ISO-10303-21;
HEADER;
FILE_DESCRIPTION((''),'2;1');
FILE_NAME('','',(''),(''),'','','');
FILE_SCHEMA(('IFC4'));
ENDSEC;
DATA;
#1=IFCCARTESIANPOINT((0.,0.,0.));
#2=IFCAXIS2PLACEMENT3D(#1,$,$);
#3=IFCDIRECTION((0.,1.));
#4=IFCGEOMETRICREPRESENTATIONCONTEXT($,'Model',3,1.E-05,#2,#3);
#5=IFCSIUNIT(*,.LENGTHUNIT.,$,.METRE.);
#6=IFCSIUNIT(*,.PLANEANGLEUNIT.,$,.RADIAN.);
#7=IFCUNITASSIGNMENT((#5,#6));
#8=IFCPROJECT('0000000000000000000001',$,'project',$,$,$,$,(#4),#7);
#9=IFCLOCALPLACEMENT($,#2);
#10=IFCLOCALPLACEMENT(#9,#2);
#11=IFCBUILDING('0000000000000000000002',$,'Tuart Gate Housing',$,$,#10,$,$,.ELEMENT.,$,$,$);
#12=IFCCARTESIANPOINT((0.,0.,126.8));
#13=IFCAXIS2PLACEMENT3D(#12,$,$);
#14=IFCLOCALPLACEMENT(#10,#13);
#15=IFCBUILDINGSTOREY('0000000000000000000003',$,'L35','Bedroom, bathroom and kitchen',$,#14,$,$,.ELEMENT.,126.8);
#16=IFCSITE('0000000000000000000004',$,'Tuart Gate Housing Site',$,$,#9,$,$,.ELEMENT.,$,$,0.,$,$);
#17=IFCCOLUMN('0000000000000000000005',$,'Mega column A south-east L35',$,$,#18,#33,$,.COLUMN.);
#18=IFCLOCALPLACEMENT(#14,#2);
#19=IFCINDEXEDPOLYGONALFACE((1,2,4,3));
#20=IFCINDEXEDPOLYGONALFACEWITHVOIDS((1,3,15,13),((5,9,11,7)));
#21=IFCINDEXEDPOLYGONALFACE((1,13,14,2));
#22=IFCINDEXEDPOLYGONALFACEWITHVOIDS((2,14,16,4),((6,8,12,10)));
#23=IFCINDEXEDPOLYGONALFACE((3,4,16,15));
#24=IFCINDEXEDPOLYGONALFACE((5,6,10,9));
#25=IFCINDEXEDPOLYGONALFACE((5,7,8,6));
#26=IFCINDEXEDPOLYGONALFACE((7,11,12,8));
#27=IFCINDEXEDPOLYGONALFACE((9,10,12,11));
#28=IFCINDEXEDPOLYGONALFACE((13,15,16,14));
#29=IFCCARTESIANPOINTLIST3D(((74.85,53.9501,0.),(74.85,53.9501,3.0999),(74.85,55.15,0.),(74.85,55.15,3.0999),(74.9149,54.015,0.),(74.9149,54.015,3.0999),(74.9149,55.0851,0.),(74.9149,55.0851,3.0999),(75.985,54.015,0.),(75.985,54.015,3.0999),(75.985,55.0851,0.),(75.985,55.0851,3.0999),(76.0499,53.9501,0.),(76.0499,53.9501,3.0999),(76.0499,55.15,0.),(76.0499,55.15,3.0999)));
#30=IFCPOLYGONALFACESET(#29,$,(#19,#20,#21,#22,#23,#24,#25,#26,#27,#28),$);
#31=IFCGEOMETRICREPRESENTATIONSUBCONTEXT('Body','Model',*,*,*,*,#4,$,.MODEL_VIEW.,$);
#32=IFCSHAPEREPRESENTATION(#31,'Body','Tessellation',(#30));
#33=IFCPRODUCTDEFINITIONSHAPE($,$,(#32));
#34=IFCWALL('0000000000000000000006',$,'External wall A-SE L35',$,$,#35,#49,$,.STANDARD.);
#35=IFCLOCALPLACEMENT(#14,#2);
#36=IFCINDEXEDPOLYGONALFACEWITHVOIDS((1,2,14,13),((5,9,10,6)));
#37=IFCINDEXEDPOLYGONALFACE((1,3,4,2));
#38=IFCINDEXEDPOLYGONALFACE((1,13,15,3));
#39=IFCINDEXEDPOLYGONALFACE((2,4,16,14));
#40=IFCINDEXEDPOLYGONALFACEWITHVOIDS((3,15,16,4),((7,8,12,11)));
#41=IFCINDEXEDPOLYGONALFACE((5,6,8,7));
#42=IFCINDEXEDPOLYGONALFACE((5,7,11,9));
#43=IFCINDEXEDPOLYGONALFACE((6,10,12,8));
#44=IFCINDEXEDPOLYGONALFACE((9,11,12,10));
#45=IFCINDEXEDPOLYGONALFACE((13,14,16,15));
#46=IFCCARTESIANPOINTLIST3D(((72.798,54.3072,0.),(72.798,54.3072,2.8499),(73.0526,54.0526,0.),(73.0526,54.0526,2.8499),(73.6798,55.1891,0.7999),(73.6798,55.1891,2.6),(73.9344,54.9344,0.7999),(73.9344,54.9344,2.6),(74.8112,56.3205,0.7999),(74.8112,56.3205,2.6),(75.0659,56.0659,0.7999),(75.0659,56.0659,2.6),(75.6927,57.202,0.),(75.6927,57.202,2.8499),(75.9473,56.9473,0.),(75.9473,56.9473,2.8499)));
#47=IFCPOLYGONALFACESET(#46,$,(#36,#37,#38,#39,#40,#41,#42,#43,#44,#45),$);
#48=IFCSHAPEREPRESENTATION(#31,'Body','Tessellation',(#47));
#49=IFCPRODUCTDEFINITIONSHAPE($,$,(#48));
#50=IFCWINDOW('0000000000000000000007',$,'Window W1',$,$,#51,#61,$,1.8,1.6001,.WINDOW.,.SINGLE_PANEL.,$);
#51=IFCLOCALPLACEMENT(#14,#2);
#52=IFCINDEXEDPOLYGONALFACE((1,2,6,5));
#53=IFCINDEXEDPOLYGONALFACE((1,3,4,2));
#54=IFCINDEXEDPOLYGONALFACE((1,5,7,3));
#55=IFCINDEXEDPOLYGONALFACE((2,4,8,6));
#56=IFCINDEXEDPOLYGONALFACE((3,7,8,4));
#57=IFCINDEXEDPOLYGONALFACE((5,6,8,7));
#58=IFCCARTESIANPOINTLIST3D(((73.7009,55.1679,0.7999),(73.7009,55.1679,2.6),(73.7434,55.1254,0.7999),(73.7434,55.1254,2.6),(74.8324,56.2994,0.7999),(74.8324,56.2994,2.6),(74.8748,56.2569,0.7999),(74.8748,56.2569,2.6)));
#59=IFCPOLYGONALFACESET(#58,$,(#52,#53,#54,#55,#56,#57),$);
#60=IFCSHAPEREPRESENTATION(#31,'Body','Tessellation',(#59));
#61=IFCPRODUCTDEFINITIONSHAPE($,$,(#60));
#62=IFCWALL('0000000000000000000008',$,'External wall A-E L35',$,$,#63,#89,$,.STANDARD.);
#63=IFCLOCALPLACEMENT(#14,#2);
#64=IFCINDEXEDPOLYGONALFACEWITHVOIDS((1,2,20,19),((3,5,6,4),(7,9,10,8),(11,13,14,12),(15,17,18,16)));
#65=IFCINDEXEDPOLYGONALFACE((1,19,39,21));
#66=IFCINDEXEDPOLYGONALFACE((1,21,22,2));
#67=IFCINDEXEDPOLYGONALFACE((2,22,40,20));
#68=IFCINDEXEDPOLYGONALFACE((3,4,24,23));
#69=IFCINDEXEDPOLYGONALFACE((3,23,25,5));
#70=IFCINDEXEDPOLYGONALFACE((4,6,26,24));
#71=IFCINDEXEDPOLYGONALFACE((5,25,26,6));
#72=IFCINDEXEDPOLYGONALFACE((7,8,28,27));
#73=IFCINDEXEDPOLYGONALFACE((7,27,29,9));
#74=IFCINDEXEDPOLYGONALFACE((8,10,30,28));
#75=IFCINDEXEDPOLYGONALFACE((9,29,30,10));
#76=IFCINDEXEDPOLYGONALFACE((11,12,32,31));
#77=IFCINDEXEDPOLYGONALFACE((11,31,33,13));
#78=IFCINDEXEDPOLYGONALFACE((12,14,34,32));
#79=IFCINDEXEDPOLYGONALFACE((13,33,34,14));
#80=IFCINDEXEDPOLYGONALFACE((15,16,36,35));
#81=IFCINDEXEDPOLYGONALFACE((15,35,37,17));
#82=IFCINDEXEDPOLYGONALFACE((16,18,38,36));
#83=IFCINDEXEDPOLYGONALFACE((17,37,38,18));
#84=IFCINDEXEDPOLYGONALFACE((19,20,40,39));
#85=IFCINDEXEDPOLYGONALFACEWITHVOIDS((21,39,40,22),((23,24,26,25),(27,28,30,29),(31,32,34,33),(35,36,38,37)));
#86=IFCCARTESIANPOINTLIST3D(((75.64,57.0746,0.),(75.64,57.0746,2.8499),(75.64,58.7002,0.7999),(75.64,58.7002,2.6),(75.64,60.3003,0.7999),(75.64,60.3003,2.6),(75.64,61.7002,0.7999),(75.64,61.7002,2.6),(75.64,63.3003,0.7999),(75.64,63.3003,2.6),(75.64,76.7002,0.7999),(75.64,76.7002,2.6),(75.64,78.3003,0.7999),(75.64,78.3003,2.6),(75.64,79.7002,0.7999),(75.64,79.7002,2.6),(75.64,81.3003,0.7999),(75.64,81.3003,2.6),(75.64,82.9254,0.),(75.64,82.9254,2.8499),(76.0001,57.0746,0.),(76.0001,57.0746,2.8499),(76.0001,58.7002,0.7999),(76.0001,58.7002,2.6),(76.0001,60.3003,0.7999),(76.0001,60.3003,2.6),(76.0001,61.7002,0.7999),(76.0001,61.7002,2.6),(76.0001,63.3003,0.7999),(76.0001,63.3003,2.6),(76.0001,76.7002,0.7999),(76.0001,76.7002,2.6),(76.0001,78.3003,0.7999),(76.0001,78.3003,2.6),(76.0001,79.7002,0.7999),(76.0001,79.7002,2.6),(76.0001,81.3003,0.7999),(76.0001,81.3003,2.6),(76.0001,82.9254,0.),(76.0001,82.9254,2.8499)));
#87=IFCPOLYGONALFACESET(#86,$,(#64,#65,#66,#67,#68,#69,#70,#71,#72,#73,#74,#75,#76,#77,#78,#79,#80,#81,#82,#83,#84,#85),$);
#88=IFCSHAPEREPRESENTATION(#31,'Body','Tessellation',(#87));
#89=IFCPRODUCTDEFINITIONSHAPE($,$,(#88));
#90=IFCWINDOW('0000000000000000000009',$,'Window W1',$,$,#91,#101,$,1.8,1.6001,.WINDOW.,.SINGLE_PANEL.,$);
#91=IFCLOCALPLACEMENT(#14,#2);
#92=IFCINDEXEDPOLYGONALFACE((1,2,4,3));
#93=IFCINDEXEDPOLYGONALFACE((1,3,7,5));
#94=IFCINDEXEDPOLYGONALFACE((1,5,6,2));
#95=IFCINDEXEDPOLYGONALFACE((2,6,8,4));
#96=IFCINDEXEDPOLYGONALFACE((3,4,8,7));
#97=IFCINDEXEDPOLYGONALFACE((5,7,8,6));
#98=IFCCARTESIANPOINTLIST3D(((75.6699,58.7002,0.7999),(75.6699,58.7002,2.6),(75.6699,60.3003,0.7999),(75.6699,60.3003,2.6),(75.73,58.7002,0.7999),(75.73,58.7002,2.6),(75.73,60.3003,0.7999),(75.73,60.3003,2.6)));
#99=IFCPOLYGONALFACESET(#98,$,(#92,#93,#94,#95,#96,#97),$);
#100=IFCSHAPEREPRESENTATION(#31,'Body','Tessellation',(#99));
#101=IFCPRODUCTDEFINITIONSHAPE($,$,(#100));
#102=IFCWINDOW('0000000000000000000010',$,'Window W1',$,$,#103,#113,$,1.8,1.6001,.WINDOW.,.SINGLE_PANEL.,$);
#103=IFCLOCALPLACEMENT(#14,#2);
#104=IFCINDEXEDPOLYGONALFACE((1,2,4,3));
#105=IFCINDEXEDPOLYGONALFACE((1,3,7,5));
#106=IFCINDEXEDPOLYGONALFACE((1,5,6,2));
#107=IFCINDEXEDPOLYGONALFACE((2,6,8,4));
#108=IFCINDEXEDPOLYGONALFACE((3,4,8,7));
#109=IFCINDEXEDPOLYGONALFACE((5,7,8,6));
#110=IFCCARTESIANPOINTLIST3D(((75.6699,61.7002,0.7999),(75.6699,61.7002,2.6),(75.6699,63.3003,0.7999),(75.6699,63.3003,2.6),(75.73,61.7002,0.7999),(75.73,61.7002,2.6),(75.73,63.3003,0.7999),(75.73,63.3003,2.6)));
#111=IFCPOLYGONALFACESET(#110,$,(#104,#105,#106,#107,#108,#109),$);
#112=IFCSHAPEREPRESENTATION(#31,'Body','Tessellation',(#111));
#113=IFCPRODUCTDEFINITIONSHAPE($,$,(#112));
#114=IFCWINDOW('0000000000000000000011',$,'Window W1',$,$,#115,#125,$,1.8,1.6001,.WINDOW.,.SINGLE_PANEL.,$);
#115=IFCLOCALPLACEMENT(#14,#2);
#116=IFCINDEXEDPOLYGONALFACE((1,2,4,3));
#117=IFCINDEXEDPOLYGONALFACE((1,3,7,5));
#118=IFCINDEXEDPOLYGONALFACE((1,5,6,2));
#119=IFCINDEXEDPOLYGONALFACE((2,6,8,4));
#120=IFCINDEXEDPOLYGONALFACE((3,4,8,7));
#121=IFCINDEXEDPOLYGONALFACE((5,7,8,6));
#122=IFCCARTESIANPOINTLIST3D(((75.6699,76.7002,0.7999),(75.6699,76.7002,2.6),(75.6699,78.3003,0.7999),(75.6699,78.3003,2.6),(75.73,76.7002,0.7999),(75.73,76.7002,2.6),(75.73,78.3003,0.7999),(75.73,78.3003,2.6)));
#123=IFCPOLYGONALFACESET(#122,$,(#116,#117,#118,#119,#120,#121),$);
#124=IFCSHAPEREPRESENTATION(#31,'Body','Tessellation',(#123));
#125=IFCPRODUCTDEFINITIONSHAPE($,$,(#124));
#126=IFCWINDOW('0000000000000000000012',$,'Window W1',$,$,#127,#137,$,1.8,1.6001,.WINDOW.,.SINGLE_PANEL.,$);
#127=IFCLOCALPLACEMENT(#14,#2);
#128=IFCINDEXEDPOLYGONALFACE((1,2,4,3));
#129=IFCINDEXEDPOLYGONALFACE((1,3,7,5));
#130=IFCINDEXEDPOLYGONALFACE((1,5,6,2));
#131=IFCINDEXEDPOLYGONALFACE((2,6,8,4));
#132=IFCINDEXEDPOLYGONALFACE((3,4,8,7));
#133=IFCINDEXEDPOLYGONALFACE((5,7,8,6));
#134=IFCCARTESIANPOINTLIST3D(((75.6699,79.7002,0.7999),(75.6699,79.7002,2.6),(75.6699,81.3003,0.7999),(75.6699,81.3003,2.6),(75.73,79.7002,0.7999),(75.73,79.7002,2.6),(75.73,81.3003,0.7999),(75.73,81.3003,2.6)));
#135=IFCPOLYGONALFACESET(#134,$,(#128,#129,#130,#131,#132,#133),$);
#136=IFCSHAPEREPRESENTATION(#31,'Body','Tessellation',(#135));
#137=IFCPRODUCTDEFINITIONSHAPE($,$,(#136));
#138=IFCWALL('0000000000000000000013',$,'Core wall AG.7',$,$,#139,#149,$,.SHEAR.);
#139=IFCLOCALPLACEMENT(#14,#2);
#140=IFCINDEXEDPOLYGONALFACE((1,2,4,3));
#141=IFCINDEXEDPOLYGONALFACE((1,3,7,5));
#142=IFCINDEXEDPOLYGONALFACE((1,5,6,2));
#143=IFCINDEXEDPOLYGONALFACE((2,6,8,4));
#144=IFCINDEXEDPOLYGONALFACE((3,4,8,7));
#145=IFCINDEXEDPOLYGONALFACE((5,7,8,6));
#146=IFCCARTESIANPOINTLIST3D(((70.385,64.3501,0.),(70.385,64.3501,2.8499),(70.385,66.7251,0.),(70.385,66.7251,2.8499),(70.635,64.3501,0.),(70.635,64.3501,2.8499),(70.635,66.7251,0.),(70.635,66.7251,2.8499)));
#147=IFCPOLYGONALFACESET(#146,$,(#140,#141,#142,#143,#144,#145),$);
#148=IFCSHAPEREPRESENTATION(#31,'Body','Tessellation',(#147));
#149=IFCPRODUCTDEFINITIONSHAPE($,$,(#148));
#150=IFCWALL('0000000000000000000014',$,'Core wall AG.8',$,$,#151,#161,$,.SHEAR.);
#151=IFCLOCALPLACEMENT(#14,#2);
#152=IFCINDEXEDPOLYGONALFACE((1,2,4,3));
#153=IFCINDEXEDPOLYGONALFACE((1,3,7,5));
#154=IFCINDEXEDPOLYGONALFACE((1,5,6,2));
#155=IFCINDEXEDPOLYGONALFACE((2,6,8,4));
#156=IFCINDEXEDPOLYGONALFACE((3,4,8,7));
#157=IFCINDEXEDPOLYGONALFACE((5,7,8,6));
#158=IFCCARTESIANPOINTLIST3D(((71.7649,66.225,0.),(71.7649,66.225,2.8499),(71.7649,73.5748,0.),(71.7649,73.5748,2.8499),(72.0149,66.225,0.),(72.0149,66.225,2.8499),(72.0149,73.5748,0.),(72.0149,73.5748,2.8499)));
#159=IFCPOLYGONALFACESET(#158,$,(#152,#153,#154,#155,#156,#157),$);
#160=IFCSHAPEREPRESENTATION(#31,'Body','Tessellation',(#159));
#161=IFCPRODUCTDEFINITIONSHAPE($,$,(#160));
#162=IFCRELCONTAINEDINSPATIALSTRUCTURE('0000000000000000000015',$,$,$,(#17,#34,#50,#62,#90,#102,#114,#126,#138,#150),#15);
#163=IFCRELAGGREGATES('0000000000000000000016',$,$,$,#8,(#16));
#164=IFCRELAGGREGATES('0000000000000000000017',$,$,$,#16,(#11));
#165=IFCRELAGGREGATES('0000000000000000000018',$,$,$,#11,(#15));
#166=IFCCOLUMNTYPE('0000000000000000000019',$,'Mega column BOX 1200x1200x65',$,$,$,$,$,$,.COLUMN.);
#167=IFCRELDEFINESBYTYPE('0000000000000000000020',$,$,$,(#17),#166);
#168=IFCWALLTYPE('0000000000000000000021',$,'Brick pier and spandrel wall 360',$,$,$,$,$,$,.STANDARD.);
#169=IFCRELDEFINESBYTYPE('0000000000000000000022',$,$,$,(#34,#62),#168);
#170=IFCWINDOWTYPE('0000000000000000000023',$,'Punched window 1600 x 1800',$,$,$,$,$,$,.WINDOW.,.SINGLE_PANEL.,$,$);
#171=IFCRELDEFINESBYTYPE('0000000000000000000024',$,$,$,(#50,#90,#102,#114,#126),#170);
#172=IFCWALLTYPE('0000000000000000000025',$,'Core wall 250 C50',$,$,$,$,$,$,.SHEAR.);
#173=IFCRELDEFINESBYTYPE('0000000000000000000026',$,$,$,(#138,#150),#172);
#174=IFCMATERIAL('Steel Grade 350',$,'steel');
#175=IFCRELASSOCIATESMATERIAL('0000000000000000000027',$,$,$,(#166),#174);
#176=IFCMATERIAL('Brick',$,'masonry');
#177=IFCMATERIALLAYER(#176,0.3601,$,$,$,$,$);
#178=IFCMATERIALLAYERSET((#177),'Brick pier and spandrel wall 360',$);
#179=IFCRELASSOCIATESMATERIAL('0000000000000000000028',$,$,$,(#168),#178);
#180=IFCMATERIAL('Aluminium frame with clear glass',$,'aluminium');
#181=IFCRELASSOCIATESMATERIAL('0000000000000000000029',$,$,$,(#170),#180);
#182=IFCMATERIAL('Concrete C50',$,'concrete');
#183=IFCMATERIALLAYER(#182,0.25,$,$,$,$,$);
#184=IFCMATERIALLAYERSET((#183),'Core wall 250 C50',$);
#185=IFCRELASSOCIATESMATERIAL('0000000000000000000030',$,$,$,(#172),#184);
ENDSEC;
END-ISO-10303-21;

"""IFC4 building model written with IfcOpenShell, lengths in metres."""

from ifc_helpers import new_model, si_unit, direction, frame, frame_2d, origin, origin_2d, place, context, subcontext, project, spatial, rectangle, hollow_rectangle, extrude, material, layer, layer_set, material_profile, profile_set, type_object, element, fill, save


model = new_model("IFC4")

# Units and contexts
model_context = context("Model", 3, precision=1e-05, world=origin(), true_north=direction((0.0, 1.0)))
body_context = subcontext(model_context, "Body", "Model", "MODEL_VIEW")
ifc_project = project(units=[si_unit("LENGTHUNIT", "METRE"), si_unit("PLANEANGLEUNIT", "RADIAN")], contexts=[model_context])

# Site, building, storey
site_placement = place(None, origin())
site = spatial("IfcSite", under=ifc_project, at=site_placement, Name="Tuart Gate Housing Site", CompositionType="ELEMENT", RefElevation=0.0)
building_placement = place(site_placement, origin())
building = spatial("IfcBuilding", under=site, at=building_placement, Name="Tuart Gate Housing", CompositionType="ELEMENT")
storey_placement = place(building_placement, frame((0.0, 0.0, 126.8)))
storey = spatial("IfcBuildingStorey", under=building, at=storey_placement, Name="L35", Description="Bedroom, bathroom and kitchen", CompositionType="ELEMENT", Elevation=126.8)

# Column
ifc_material_1 = material(Name="Steel Grade 350", Category="steel")
ifc_material_profile = material_profile(ifc_material_1, hollow_rectangle(XDim=1.2, YDim=1.2, WallThickness=0.0649, at=origin_2d()), Name="BOX 1200x1200x65")
ifc_profile_set = profile_set([ifc_material_profile], Name="Steel Grade 350")
column_type = type_object("IfcColumnType", Name="Mega column BOX 1200x1200x65", PredefinedType="COLUMN", material=ifc_profile_set)
column_placement = place(storey_placement, frame((75.45, 54.55, 0.0), z_axis=(0.0, 0.0, 1.0), x_axis=(1.0, 0.0, 0.0)))
element("IfcColumn", 1, at=column_placement, inside=storey, type_object=column_type, Name="Mega column A south-east L35", PredefinedType="COLUMN", context=body_context, shape_type="SweptSolid", body=[
    extrude(hollow_rectangle(XDim=1.2, YDim=1.2, WallThickness=0.0649, at=origin_2d()), origin(), (0.0, 0.0, 1.0), 3.0999),
])

# Wall, opening, window
ifc_material_2 = material(Name="Brick", Category="masonry")
ifc_layer_1 = layer(ifc_material_2, 0.3601)
ifc_layer_set_1 = layer_set([ifc_layer_1], Name="Brick pier and spandrel wall 360")
wall_type_1 = type_object("IfcWallType", Name="Brick pier and spandrel wall 360", PredefinedType="STANDARD", material=ifc_layer_set_1)
wall_1_placement = place(storey_placement, frame((72.9253, 54.1799, 0.0), z_axis=(0.0, 0.0, 1.0), x_axis=(0.707107, 0.707107, 0.0)))
wall_1 = element("IfcWall", 2, at=wall_1_placement, inside=storey, type_object=wall_type_1, Name="External wall A-SE L35", PredefinedType="STANDARD", context=body_context, shape_type="SweptSolid", body=[
    extrude(rectangle(XDim=4.0938, YDim=0.3601, at=frame_2d((2.0469, 0.0))), origin(), (0.0, 0.0, 1.0), 2.8499),
])
opening_1_placement = place(wall_1_placement, frame((1.2471, 0.0, 0.8)))
opening_1 = element("IfcOpeningElement", 3, at=opening_1_placement, cuts=wall_1, PredefinedType="OPENING", context=body_context, shape_type="SweptSolid", body=[
    extrude(rectangle(XDim=1.6001, YDim=1.8, at=frame_2d((0.8, 0.8999))), frame((0.0, 0.1899, 0.0), z_axis=(0.0, -1.0, 0.0), x_axis=(1.0, 0.0, 0.0)), (0.0, 0.0, 1.0), 0.3801),
])
ifc_material_3 = material(Name="Aluminium frame with clear glass", Category="aluminium")
window_type = type_object("IfcWindowType", Name="Punched window 1600 x 1800", PartitioningType="SINGLE_PANEL", PredefinedType="WINDOW", material=ifc_material_3)
window_1_placement = place(opening_1_placement, origin())
window_1 = element("IfcWindow", 4, at=window_1_placement, inside=storey, type_object=window_type, Name="Window W1", OverallHeight=1.8, OverallWidth=1.6001, PartitioningType="SINGLE_PANEL", PredefinedType="WINDOW", context=body_context, shape_type="SweptSolid", body=[
    extrude(rectangle(XDim=1.6001, YDim=1.8, at=frame_2d((0.8, 0.8999))), frame((0.0, 0.1501, 0.0), z_axis=(0.0, -1.0, 0.0), x_axis=(1.0, 0.0, 0.0)), (0.0, 0.0, 1.0), 0.0601),
])
fill(opening_1, window_1)

# Wall, openings, windows
wall_2_placement = place(storey_placement, frame((75.8201, 57.0747, 0.0), z_axis=(0.0, 0.0, 1.0), x_axis=(0.0, 1.0, 0.0)))
wall_2 = element("IfcWall", 5, at=wall_2_placement, inside=storey, type_object=wall_type_1, Name="External wall A-E L35", PredefinedType="STANDARD", context=body_context, shape_type="SweptSolid", body=[
    extrude(rectangle(XDim=25.8508, YDim=0.3601, at=frame_2d((12.9253, 0.0))), origin(), (0.0, 0.0, 1.0), 2.8499),
])
opening_2_placement = place(wall_2_placement, frame((1.6255, 0.0, 0.8)))
opening_2 = element("IfcOpeningElement", 6, at=opening_2_placement, cuts=wall_2, PredefinedType="OPENING", context=body_context, shape_type="SweptSolid", body=[
    extrude(rectangle(XDim=1.6001, YDim=1.8, at=frame_2d((0.8, 0.8999))), frame((0.0, 0.1899, 0.0), z_axis=(0.0, -1.0, 0.0), x_axis=(1.0, 0.0, 0.0)), (0.0, 0.0, 1.0), 0.3801),
])
opening_3_placement = place(wall_2_placement, frame((4.6255, 0.0, 0.8)))
opening_3 = element("IfcOpeningElement", 7, at=opening_3_placement, cuts=wall_2, PredefinedType="OPENING", context=body_context, shape_type="SweptSolid", body=[
    extrude(rectangle(XDim=1.6001, YDim=1.8, at=frame_2d((0.8, 0.8999))), frame((0.0, 0.1899, 0.0), z_axis=(0.0, -1.0, 0.0), x_axis=(1.0, 0.0, 0.0)), (0.0, 0.0, 1.0), 0.3801),
])
opening_4_placement = place(wall_2_placement, frame((19.6255, 0.0, 0.8)))
opening_4 = element("IfcOpeningElement", 8, at=opening_4_placement, cuts=wall_2, PredefinedType="OPENING", context=body_context, shape_type="SweptSolid", body=[
    extrude(rectangle(XDim=1.6001, YDim=1.8, at=frame_2d((0.8, 0.8999))), frame((0.0, 0.1899, 0.0), z_axis=(0.0, -1.0, 0.0), x_axis=(1.0, 0.0, 0.0)), (0.0, 0.0, 1.0), 0.3801),
])
opening_5_placement = place(wall_2_placement, frame((22.6255, 0.0, 0.8)))
opening_5 = element("IfcOpeningElement", 9, at=opening_5_placement, cuts=wall_2, PredefinedType="OPENING", context=body_context, shape_type="SweptSolid", body=[
    extrude(rectangle(XDim=1.6001, YDim=1.8, at=frame_2d((0.8, 0.8999))), frame((0.0, 0.1899, 0.0), z_axis=(0.0, -1.0, 0.0), x_axis=(1.0, 0.0, 0.0)), (0.0, 0.0, 1.0), 0.3801),
])
window_2_placement = place(opening_2_placement, origin())
window_2 = element("IfcWindow", 10, at=window_2_placement, inside=storey, type_object=window_type, Name="Window W1", OverallHeight=1.8, OverallWidth=1.6001, PartitioningType="SINGLE_PANEL", PredefinedType="WINDOW", context=body_context, shape_type="SweptSolid", body=[
    extrude(rectangle(XDim=1.6001, YDim=1.8, at=frame_2d((0.8, 0.8999))), frame((0.0, 0.1501, 0.0), z_axis=(0.0, -1.0, 0.0), x_axis=(1.0, 0.0, 0.0)), (0.0, 0.0, 1.0), 0.0601),
])
fill(opening_2, window_2)
window_3_placement = place(opening_3_placement, origin())
window_3 = element("IfcWindow", 11, at=window_3_placement, inside=storey, type_object=window_type, Name="Window W1", OverallHeight=1.8, OverallWidth=1.6001, PartitioningType="SINGLE_PANEL", PredefinedType="WINDOW", context=body_context, shape_type="SweptSolid", body=[
    extrude(rectangle(XDim=1.6001, YDim=1.8, at=frame_2d((0.8, 0.8999))), frame((0.0, 0.1501, 0.0), z_axis=(0.0, -1.0, 0.0), x_axis=(1.0, 0.0, 0.0)), (0.0, 0.0, 1.0), 0.0601),
])
fill(opening_3, window_3)
window_4_placement = place(opening_4_placement, origin())
window_4 = element("IfcWindow", 12, at=window_4_placement, inside=storey, type_object=window_type, Name="Window W1", OverallHeight=1.8, OverallWidth=1.6001, PartitioningType="SINGLE_PANEL", PredefinedType="WINDOW", context=body_context, shape_type="SweptSolid", body=[
    extrude(rectangle(XDim=1.6001, YDim=1.8, at=frame_2d((0.8, 0.8999))), frame((0.0, 0.1501, 0.0), z_axis=(0.0, -1.0, 0.0), x_axis=(1.0, 0.0, 0.0)), (0.0, 0.0, 1.0), 0.0601),
])
fill(opening_4, window_4)
window_5_placement = place(opening_5_placement, origin())
window_5 = element("IfcWindow", 13, at=window_5_placement, inside=storey, type_object=window_type, Name="Window W1", OverallHeight=1.8, OverallWidth=1.6001, PartitioningType="SINGLE_PANEL", PredefinedType="WINDOW", context=body_context, shape_type="SweptSolid", body=[
    extrude(rectangle(XDim=1.6001, YDim=1.8, at=frame_2d((0.8, 0.8999))), frame((0.0, 0.1501, 0.0), z_axis=(0.0, -1.0, 0.0), x_axis=(1.0, 0.0, 0.0)), (0.0, 0.0, 1.0), 0.0601),
])
fill(opening_5, window_5)

# Walls
ifc_material_4 = material(Name="Concrete C50", Category="concrete")
ifc_layer_2 = layer(ifc_material_4, 0.25)
ifc_layer_set_2 = layer_set([ifc_layer_2], Name="Core wall 250 C50")
wall_type_2 = type_object("IfcWallType", Name="Core wall 250 C50", PredefinedType="SHEAR", material=ifc_layer_set_2)
wall_3_placement = place(storey_placement, frame((70.51, 64.3501, 0.0), z_axis=(0.0, 0.0, 1.0), x_axis=(0.0, 1.0, 0.0)))
element("IfcWall", 14, at=wall_3_placement, inside=storey, type_object=wall_type_2, Name="Core wall AG.7", PredefinedType="SHEAR", context=body_context, shape_type="SweptSolid", body=[
    extrude(rectangle(XDim=2.375, YDim=0.25, at=frame_2d((1.1875, 0.0))), origin(), (0.0, 0.0, 1.0), 2.8499),
])
wall_4_placement = place(storey_placement, frame((71.8899, 66.2251, 0.0), z_axis=(0.0, 0.0, 1.0), x_axis=(0.0, 1.0, 0.0)))
element("IfcWall", 15, at=wall_4_placement, inside=storey, type_object=wall_type_2, Name="Core wall AG.8", PredefinedType="SHEAR", context=body_context, shape_type="SweptSolid", body=[
    extrude(rectangle(XDim=7.3499, YDim=0.25, at=frame_2d((3.6748, 0.0))), origin(), (0.0, 0.0, 1.0), 2.8499),
])

save(model, "model.ifc")
